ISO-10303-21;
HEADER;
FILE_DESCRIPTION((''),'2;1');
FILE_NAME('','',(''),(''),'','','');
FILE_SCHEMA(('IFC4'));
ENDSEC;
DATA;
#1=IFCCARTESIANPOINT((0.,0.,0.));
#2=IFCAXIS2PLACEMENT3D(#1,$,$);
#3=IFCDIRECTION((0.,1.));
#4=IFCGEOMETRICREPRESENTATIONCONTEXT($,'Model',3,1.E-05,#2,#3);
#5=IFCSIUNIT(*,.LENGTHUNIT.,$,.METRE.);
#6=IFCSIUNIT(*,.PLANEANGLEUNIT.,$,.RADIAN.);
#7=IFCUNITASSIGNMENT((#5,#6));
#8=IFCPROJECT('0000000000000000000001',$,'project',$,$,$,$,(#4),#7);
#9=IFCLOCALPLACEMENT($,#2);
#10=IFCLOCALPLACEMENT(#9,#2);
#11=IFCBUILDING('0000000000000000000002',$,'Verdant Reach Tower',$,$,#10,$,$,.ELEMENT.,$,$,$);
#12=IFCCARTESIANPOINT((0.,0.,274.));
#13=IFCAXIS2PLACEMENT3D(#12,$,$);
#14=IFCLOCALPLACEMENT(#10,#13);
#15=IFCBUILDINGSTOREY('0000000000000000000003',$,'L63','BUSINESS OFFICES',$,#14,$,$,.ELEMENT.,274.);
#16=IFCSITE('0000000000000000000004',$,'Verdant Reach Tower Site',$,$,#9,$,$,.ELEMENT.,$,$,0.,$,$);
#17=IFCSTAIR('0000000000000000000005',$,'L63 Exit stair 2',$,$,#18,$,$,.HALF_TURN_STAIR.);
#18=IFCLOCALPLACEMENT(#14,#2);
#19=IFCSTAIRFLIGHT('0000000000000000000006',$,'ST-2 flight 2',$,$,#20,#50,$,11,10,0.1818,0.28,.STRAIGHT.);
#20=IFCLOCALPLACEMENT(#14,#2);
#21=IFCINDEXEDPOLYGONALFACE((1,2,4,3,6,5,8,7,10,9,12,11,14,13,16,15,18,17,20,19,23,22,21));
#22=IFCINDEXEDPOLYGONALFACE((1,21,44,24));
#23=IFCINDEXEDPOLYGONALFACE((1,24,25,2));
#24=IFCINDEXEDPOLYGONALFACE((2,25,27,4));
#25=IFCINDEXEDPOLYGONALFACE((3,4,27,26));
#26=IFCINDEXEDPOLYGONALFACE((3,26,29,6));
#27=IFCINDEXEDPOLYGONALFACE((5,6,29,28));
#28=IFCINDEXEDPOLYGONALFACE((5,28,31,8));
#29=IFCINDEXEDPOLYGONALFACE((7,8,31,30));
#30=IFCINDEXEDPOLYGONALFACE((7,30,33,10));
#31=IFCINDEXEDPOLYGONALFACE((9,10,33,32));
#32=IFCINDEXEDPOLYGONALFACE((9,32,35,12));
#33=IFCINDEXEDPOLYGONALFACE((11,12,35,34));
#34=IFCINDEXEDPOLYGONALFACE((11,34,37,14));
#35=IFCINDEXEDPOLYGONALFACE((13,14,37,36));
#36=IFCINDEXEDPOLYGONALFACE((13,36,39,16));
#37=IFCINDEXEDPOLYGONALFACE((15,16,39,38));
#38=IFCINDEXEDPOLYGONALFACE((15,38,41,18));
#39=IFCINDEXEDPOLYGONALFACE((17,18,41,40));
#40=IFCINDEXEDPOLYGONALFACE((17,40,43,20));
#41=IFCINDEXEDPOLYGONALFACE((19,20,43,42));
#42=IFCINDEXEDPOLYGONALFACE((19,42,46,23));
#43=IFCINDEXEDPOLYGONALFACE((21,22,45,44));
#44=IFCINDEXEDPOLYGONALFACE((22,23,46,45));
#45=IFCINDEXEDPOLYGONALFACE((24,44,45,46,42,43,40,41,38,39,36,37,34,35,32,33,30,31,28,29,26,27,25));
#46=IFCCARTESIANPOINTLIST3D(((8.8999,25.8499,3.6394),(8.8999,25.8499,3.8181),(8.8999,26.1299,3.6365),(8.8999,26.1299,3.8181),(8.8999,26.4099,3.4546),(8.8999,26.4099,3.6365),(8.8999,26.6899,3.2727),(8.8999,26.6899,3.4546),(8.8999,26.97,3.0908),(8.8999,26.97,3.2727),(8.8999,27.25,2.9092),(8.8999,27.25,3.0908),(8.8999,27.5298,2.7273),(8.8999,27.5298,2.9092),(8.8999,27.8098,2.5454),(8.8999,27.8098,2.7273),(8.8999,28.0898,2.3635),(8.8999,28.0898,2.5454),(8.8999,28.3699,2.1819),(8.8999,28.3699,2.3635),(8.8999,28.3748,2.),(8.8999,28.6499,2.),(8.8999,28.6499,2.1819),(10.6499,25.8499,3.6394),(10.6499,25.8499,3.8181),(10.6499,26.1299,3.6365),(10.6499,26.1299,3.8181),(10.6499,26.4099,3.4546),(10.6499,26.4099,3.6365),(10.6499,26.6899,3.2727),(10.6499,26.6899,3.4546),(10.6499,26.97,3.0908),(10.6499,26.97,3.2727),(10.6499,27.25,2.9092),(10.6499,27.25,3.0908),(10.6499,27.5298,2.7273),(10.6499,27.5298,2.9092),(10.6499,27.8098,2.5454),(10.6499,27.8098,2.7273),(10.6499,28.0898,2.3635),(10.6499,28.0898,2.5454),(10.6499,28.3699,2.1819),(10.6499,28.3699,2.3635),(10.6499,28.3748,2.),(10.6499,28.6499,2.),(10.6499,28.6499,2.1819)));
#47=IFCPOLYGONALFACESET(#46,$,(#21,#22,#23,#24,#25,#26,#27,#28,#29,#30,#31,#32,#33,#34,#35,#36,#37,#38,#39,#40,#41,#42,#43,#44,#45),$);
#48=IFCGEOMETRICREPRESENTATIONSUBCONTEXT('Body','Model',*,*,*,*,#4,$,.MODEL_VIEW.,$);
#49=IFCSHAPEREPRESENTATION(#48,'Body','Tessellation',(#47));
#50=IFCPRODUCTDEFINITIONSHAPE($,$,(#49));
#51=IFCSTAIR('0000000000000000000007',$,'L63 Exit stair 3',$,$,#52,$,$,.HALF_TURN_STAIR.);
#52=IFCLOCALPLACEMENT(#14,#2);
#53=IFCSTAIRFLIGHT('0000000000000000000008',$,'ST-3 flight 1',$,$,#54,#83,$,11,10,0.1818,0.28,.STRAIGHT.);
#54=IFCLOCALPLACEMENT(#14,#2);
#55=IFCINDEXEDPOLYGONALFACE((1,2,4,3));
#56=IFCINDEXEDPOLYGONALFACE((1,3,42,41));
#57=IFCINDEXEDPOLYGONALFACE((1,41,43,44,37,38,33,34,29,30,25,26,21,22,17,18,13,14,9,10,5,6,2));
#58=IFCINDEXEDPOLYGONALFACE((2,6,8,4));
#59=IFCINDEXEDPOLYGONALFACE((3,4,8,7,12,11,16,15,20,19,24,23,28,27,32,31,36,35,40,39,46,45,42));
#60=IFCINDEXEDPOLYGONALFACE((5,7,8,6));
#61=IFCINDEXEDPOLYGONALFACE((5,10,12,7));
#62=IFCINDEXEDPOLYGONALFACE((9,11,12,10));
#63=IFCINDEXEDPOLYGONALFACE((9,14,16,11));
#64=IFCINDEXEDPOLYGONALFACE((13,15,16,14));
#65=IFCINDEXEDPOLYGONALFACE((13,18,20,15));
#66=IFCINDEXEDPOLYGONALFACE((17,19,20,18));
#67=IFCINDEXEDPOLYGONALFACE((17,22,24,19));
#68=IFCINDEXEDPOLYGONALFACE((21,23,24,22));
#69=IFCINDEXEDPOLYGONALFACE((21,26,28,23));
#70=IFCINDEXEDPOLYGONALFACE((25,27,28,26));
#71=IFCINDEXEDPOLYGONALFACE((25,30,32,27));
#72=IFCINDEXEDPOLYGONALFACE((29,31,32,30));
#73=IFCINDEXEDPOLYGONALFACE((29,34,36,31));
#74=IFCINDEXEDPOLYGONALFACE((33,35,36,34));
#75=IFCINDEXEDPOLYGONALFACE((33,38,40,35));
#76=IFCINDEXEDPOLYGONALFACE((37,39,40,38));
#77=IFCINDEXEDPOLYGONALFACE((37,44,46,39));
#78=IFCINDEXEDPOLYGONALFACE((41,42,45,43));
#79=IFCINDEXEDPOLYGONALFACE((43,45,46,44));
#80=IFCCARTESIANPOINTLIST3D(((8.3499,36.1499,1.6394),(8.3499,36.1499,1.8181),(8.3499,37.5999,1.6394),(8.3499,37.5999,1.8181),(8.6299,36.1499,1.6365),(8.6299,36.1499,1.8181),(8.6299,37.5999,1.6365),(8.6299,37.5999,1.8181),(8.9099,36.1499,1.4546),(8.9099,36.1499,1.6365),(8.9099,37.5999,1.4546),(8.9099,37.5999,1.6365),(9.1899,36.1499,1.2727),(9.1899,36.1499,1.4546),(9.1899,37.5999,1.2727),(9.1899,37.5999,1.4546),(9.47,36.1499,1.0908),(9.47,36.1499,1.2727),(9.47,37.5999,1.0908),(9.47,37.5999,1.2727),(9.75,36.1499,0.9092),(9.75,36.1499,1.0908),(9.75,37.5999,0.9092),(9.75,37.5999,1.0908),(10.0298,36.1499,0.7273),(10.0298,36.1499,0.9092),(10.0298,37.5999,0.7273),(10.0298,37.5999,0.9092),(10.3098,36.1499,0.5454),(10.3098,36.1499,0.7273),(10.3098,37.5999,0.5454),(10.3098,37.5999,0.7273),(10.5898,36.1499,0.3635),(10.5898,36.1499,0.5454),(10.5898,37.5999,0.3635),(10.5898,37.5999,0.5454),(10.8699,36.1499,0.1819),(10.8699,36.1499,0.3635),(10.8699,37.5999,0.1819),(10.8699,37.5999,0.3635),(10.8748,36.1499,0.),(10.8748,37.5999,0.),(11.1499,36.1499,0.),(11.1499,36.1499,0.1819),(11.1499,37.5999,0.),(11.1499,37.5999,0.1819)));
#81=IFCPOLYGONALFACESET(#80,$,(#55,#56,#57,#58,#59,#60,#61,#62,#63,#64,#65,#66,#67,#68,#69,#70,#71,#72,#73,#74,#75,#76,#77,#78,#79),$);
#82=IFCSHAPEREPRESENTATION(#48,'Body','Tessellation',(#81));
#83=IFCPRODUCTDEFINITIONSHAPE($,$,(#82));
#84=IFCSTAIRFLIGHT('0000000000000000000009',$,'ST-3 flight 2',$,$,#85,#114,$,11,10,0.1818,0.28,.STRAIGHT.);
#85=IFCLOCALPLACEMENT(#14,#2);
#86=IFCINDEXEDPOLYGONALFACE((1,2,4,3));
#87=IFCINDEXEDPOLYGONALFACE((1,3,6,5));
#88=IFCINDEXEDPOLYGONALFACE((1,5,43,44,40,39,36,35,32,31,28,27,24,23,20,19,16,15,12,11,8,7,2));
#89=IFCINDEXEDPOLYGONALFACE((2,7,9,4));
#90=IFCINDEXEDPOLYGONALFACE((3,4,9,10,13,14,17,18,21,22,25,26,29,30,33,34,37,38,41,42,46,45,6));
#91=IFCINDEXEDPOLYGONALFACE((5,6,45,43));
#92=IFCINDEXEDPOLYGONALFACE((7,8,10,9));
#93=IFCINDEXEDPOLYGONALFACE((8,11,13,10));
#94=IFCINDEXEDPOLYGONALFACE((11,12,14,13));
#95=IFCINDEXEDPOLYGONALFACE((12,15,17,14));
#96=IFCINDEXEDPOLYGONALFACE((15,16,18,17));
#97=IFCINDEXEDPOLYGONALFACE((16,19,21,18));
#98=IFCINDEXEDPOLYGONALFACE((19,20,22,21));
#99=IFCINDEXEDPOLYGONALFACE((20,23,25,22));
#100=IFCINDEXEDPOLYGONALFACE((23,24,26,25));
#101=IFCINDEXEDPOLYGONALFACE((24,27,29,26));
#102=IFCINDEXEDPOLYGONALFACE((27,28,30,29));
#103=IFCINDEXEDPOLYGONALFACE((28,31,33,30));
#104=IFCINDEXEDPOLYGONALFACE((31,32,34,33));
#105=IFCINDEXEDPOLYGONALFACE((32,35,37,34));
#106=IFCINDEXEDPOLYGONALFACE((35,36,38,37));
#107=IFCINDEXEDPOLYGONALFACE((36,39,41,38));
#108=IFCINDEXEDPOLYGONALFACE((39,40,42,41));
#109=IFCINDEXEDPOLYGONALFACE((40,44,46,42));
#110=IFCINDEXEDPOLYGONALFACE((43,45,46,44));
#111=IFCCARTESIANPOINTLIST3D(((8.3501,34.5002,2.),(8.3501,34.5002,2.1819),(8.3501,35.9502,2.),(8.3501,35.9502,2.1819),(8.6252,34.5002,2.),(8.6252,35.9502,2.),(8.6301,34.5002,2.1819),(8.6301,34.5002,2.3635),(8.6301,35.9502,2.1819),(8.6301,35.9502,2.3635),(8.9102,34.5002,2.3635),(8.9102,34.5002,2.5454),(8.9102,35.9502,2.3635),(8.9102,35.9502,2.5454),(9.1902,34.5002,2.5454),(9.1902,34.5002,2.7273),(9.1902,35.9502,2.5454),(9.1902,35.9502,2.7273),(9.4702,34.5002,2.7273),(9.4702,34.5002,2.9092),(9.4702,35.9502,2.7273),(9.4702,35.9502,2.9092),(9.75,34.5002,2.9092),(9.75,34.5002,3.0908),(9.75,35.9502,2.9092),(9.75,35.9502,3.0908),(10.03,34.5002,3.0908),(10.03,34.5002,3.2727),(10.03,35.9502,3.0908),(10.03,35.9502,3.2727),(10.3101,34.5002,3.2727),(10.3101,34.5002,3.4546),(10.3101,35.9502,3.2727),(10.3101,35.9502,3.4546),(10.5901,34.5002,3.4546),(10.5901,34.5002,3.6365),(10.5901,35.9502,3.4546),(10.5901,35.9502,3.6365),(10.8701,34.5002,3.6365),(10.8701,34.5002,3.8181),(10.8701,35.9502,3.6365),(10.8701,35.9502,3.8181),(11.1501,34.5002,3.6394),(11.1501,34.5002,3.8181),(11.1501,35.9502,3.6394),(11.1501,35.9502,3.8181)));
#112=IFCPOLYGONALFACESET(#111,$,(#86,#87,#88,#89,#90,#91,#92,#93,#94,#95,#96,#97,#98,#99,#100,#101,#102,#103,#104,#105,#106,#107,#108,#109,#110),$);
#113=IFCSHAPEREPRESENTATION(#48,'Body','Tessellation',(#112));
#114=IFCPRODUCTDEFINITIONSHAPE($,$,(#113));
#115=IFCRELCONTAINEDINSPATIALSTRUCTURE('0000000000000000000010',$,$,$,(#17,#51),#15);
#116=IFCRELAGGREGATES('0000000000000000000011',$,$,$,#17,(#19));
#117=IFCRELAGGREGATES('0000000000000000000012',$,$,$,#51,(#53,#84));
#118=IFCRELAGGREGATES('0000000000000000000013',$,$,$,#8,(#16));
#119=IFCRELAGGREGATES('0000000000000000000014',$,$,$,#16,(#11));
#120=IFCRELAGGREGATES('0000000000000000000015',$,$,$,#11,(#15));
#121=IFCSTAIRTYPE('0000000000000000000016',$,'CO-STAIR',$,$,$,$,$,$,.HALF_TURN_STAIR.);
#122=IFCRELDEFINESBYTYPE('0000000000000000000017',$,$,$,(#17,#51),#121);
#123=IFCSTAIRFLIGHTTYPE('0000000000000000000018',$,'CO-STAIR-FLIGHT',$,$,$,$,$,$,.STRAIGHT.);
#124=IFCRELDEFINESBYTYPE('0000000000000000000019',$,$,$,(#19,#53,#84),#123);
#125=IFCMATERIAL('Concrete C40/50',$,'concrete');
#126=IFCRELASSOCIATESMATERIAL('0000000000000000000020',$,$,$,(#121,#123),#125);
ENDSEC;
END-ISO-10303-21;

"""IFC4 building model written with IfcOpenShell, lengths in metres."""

from ifc_helpers import new_model, si_unit, direction, frame, origin, place, context, subcontext, project, spatial, polyline, outline, extrude, material, type_object, element, aggregate, save


model = new_model("IFC4")

# Units and contexts
model_context = context("Model", 3, precision=1e-05, world=origin(), true_north=direction((0.0, 1.0)))
body_context = subcontext(model_context, "Body", "Model", "MODEL_VIEW")
ifc_project = project(units=[si_unit("LENGTHUNIT", "METRE"), si_unit("PLANEANGLEUNIT", "RADIAN")], contexts=[model_context])

# Site, building, storey
site_placement = place(None, origin())
site = spatial("IfcSite", under=ifc_project, at=site_placement, Name="Verdant Reach Tower Site", CompositionType="ELEMENT", RefElevation=0.0)
building_placement = place(site_placement, origin())
building = spatial("IfcBuilding", under=site, at=building_placement, Name="Verdant Reach Tower", CompositionType="ELEMENT")
storey_placement = place(building_placement, frame((0.0, 0.0, 274.0)))
storey = spatial("IfcBuildingStorey", under=building, at=storey_placement, Name="L63", Description="BUSINESS OFFICES", CompositionType="ELEMENT", Elevation=274.0)

# Shared definitions
ifc_material_1 = material(Name="Concrete C40/50", Category="concrete")

# Stair, stair flight
stair_type = type_object("IfcStairType", Name="CO-STAIR", PredefinedType="HALF_TURN_STAIR", material=ifc_material_1)
stair_1_placement = place(storey_placement, origin())
stair_1 = element("IfcStair", 1, at=stair_1_placement, inside=storey, type_object=stair_type, Name="L63 Exit stair 2", PredefinedType="HALF_TURN_STAIR")
stair_flight_type = type_object("IfcStairFlightType", Name="CO-STAIR-FLIGHT", PredefinedType="STRAIGHT", material=ifc_material_1)
stair_flight_1_placement = place(storey_placement, frame((9.7749, 28.6499, 2.0), z_axis=(0.0, 0.0, 1.0), x_axis=(0.0, -1.0, 0.0)))
stair_flight_1 = element("IfcStairFlight", 2, at=stair_flight_1_placement, type_object=stair_flight_type, Name="ST-2 flight 2", NumberOfRisers=11, NumberOfTreads=10, PredefinedType="STRAIGHT", RiserHeight=0.1818, TreadLength=0.28, context=body_context, shape_type="SweptSolid", body=[
    extrude(outline(polyline([(0.0, 0.0), (0.0, 0.1819), (0.28, 0.1819), (0.28, 0.3635), (0.5601, 0.3635), (0.5601, 0.5454), (0.8401, 0.5454), (0.8401, 0.7273), (1.1201, 0.7273), (1.1201, 0.9092), (1.3999, 0.9092), (1.3999, 1.0908), (1.6799, 1.0908), (1.6799, 1.2727), (1.96, 1.2727), (1.96, 1.4546), (2.24, 1.4546), (2.24, 1.6365), (2.52, 1.6365), (2.52, 1.8181), (2.8, 1.8181), (2.8, 2.0), (2.8, 1.6394), (0.2751, 0.0), (0.0, 0.0)])), frame((0.0, 0.875, 0.0), z_axis=(0.0, -1.0, 0.0), x_axis=(1.0, 0.0, 0.0)), (0.0, 0.0, 1.0), 1.75),
])
aggregate(stair_1, [stair_flight_1])

# Stair, stair flights
stair_2_placement = place(storey_placement, origin())
stair_2 = element("IfcStair", 3, at=stair_2_placement, inside=storey, type_object=stair_type, Name="L63 Exit stair 3", PredefinedType="HALF_TURN_STAIR")
stair_flight_2_placement = place(storey_placement, frame((11.1499, 36.875, 0.0), z_axis=(0.0, 0.0, 1.0), x_axis=(-1.0, 0.0, 0.0)))
stair_flight_2 = element("IfcStairFlight", 4, at=stair_flight_2_placement, type_object=stair_flight_type, Name="ST-3 flight 1", NumberOfRisers=11, NumberOfTreads=10, PredefinedType="STRAIGHT", RiserHeight=0.1818, TreadLength=0.28, context=body_context, shape_type="SweptSolid", body=[
    extrude(outline(polyline([(0.0, 0.0), (0.0, 0.1819), (0.28, 0.1819), (0.28, 0.3635), (0.5601, 0.3635), (0.5601, 0.5454), (0.8401, 0.5454), (0.8401, 0.7273), (1.1201, 0.7273), (1.1201, 0.9092), (1.3999, 0.9092), (1.3999, 1.0908), (1.6799, 1.0908), (1.6799, 1.2727), (1.96, 1.2727), (1.96, 1.4546), (2.24, 1.4546), (2.24, 1.6365), (2.52, 1.6365), (2.52, 1.8181), (2.8, 1.8181), (2.8, 2.0), (2.8, 1.6394), (0.2751, 0.0), (0.0, 0.0)])), frame((0.0, 0.7251, 0.0), z_axis=(0.0, -1.0, 0.0), x_axis=(1.0, 0.0, 0.0)), (0.0, 0.0, 1.0), 1.45),
])
stair_flight_3_placement = place(storey_placement, frame((8.3501, 35.2251, 2.0), z_axis=(0.0, 0.0, 1.0), x_axis=(1.0, 0.0, 0.0)))
stair_flight_3 = element("IfcStairFlight", 5, at=stair_flight_3_placement, type_object=stair_flight_type, Name="ST-3 flight 2", NumberOfRisers=11, NumberOfTreads=10, PredefinedType="STRAIGHT", RiserHeight=0.1818, TreadLength=0.28, context=body_context, shape_type="SweptSolid", body=[
    extrude(outline(polyline([(0.0, 0.0), (0.0, 0.1819), (0.28, 0.1819), (0.28, 0.3635), (0.5601, 0.3635), (0.5601, 0.5454), (0.8401, 0.5454), (0.8401, 0.7273), (1.1201, 0.7273), (1.1201, 0.9092), (1.3999, 0.9092), (1.3999, 1.0908), (1.6799, 1.0908), (1.6799, 1.2727), (1.96, 1.2727), (1.96, 1.4546), (2.24, 1.4546), (2.24, 1.6365), (2.52, 1.6365), (2.52, 1.8181), (2.8, 1.8181), (2.8, 2.0), (2.8, 1.6394), (0.2751, 0.0), (0.0, 0.0)])), frame((0.0, 0.7251, 0.0), z_axis=(0.0, -1.0, 0.0), x_axis=(1.0, 0.0, 0.0)), (0.0, 0.0, 1.0), 1.45),
])
aggregate(stair_2, [stair_flight_2, stair_flight_3])

save(model, "model.ifc")
